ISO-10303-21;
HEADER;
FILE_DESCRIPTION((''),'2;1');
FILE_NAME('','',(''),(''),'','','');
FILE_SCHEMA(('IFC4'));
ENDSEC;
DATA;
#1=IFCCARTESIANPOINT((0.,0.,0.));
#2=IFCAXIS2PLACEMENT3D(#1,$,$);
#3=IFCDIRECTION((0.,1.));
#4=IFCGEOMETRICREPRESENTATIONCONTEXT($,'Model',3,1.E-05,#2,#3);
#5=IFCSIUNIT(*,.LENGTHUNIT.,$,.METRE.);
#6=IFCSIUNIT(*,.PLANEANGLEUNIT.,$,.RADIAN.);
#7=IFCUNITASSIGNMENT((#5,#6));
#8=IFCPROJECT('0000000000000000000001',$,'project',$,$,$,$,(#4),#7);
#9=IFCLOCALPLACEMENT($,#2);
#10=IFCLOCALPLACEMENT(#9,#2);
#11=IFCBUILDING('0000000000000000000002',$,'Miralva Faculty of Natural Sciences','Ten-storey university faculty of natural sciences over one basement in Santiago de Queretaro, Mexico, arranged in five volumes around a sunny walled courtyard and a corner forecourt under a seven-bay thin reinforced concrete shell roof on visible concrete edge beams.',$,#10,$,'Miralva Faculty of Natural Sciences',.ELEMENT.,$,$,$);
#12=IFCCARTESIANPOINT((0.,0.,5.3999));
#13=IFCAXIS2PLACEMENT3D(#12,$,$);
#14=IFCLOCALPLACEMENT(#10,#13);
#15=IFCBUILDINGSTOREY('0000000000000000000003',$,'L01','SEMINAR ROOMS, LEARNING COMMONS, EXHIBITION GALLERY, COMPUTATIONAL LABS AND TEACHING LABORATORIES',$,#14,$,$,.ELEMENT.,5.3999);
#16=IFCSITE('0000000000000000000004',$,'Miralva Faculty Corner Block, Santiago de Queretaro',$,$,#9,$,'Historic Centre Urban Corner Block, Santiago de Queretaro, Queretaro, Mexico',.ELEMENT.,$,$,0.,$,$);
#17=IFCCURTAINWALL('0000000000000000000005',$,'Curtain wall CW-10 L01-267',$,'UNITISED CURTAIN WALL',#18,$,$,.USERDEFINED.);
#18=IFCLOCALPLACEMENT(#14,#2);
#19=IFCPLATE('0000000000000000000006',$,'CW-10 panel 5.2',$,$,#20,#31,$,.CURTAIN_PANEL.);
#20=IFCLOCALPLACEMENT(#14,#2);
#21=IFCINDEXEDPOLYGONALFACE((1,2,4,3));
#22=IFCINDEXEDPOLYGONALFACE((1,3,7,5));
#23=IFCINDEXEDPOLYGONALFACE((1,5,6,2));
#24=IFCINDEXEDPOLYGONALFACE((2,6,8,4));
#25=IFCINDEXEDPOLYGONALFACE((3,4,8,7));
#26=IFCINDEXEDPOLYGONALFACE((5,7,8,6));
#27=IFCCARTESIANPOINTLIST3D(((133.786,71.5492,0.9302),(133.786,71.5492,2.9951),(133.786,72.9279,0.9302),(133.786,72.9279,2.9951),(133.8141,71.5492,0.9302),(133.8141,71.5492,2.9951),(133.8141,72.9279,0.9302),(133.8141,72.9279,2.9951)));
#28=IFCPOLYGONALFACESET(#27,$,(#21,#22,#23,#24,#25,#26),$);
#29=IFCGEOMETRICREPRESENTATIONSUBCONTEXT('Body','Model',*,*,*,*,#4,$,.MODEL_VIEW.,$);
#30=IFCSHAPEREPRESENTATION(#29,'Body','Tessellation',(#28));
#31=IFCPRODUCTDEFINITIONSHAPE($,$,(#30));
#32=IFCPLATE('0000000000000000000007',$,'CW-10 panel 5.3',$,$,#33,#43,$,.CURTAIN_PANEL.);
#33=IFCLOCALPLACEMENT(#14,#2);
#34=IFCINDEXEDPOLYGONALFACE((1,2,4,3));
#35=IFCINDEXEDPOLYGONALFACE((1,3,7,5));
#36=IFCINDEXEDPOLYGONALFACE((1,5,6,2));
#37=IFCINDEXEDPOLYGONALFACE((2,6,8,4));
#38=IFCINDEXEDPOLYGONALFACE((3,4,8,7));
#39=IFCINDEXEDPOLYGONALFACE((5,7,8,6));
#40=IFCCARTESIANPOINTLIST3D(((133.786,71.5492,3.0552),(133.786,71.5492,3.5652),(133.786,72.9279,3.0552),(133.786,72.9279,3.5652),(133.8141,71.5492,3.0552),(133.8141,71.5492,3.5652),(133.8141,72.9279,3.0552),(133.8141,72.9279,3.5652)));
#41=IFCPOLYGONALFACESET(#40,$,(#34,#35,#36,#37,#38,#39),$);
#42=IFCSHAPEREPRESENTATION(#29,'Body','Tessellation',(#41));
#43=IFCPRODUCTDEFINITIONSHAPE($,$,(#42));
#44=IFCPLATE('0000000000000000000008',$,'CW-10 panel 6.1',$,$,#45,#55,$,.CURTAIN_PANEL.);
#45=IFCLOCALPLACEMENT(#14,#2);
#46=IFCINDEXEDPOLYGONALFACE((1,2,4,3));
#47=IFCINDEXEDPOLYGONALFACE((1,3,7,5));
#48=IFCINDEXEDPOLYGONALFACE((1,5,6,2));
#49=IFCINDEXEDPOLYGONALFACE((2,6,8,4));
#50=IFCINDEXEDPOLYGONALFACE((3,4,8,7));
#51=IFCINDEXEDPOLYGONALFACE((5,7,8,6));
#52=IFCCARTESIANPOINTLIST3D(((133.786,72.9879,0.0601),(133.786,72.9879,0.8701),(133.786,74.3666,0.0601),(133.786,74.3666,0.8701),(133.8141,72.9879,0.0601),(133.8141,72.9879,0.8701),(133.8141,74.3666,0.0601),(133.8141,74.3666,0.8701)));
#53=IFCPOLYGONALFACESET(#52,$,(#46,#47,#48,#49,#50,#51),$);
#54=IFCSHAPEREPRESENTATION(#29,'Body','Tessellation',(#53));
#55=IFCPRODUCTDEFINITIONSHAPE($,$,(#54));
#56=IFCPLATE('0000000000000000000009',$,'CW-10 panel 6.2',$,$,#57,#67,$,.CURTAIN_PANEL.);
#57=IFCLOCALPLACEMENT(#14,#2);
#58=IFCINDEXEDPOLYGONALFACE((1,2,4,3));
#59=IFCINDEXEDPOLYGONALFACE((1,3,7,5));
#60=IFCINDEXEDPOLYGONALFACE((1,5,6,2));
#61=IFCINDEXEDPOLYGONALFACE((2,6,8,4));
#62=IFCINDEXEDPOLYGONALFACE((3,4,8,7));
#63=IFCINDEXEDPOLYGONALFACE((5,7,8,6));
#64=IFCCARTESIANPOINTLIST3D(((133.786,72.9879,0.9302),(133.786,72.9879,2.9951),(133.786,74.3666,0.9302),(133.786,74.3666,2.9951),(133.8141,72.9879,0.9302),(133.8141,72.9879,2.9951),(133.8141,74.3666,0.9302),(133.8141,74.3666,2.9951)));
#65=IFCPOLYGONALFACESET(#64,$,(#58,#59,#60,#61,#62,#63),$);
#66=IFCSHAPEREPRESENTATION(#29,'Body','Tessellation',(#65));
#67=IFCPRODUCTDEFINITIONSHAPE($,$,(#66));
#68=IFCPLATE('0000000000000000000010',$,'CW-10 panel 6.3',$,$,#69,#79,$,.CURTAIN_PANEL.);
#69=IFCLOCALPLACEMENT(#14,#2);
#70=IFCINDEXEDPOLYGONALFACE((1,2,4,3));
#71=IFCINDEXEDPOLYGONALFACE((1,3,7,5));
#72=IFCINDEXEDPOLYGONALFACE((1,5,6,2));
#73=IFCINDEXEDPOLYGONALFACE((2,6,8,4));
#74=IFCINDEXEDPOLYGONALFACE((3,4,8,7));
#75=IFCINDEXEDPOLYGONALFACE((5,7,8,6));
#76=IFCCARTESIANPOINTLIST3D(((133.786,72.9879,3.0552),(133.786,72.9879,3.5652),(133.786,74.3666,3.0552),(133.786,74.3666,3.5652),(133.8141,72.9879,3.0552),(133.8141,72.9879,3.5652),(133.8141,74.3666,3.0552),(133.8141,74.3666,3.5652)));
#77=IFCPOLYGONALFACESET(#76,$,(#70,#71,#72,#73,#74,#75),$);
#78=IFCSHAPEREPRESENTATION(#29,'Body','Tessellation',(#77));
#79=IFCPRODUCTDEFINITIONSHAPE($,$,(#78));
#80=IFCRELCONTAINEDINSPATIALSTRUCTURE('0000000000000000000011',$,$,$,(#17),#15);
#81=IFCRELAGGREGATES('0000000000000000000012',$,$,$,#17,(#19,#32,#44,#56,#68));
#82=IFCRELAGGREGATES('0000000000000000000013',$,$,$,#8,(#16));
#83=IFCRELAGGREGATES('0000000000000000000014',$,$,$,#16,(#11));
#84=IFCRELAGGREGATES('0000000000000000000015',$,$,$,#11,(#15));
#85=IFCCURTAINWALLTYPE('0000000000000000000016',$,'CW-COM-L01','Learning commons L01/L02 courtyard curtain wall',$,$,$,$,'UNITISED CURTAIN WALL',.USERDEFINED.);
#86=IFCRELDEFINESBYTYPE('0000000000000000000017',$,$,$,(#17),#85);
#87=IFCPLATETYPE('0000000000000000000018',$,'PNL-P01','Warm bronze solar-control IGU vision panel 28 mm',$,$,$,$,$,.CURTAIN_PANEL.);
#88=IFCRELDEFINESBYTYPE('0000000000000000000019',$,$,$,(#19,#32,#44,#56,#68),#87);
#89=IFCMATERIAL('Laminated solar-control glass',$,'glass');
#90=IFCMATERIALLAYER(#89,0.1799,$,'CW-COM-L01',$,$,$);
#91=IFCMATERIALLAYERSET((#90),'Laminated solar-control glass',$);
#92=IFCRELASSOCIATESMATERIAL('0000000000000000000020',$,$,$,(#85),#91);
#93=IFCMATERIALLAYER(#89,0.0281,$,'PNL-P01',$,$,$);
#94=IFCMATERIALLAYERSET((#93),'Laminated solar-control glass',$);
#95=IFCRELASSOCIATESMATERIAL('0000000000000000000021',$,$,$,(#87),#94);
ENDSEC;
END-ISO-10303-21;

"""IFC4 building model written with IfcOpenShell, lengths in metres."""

from ifc_helpers import new_model, si_unit, direction, frame, origin, origin_2d, place, context, subcontext, project, spatial, rectangle, extrude, material, layer, layer_set, type_object, element, aggregate, save


model = new_model("IFC4")

# Units and contexts
model_context = context("Model", 3, precision=1e-05, world=origin(), true_north=direction((0.0, 1.0)))
body_context = subcontext(model_context, "Body", "Model", "MODEL_VIEW")
ifc_project = project(units=[si_unit("LENGTHUNIT", "METRE"), si_unit("PLANEANGLEUNIT", "RADIAN")], contexts=[model_context])

# Site, building, storey
site_placement = place(None, origin())
site = spatial("IfcSite", under=ifc_project, at=site_placement, Name="Miralva Faculty Corner Block, Santiago de Queretaro", LongName="Historic Centre Urban Corner Block, Santiago de Queretaro, Queretaro, Mexico", CompositionType="ELEMENT", RefElevation=0.0)
building_placement = place(site_placement, origin())
building = spatial("IfcBuilding", under=site, at=building_placement, Name="Miralva Faculty of Natural Sciences", Description="Ten-storey university faculty of natural sciences over one basement in Santiago de Queretaro, Mexico, arranged in five volumes around a sunny walled courtyard and a corner forecourt under a seven-bay thin reinforced concrete shell roof on visible concrete edge beams.", LongName="Miralva Faculty of Natural Sciences", CompositionType="ELEMENT")
storey_placement = place(building_placement, frame((0.0, 0.0, 5.3999)))
storey = spatial("IfcBuildingStorey", under=building, at=storey_placement, Name="L01", Description="SEMINAR ROOMS, LEARNING COMMONS, EXHIBITION GALLERY, COMPUTATIONAL LABS AND TEACHING LABORATORIES", CompositionType="ELEMENT", Elevation=5.3999)

# Curtain wall, plates
ifc_material_1 = material(Name="Laminated solar-control glass", Category="glass")
ifc_layer_1 = layer(ifc_material_1, 0.1799, Name="CW-COM-L01")
ifc_layer_set_1 = layer_set([ifc_layer_1], Name="Laminated solar-control glass")
curtain_wall_type = type_object("IfcCurtainWallType", Name="CW-COM-L01", Description="Learning commons L01/L02 courtyard curtain wall", ElementType="UNITISED CURTAIN WALL", PredefinedType="USERDEFINED", material=ifc_layer_set_1)
curtain_wall_placement = place(storey_placement, origin())
curtain_wall = element("IfcCurtainWall", 1, at=curtain_wall_placement, inside=storey, type_object=curtain_wall_type, Name="Curtain wall CW-10 L01-267", ObjectType="UNITISED CURTAIN WALL", PredefinedType="USERDEFINED")
ifc_layer_2 = layer(ifc_material_1, 0.0281, Name="PNL-P01")
ifc_layer_set_2 = layer_set([ifc_layer_2], Name="Laminated solar-control glass")
plate_type = type_object("IfcPlateType", Name="PNL-P01", Description="Warm bronze solar-control IGU vision panel 28 mm", PredefinedType="CURTAIN_PANEL", material=ifc_layer_set_2)
plate_1_placement = place(storey_placement, frame((133.8, 72.2385, 0.9302), z_axis=(0.0, 0.0, 1.0), x_axis=(0.0, 1.0, 0.0)))
plate_1 = element("IfcPlate", 2, at=plate_1_placement, type_object=plate_type, Name="CW-10 panel 5.2", PredefinedType="CURTAIN_PANEL", context=body_context, shape_type="SweptSolid", body=[
    extrude(rectangle(XDim=1.3787, YDim=0.0281, at=origin_2d()), origin(), (0.0, 0.0, 1.0), 2.0649),
])
plate_2_placement = place(storey_placement, frame((133.8, 72.2385, 3.0552), z_axis=(0.0, 0.0, 1.0), x_axis=(0.0, 1.0, 0.0)))
plate_2 = element("IfcPlate", 3, at=plate_2_placement, type_object=plate_type, Name="CW-10 panel 5.3", PredefinedType="CURTAIN_PANEL", context=body_context, shape_type="SweptSolid", body=[
    extrude(rectangle(XDim=1.3787, YDim=0.0281, at=origin_2d()), origin(), (0.0, 0.0, 1.0), 0.51),
])
plate_3_placement = place(storey_placement, frame((133.8, 73.6772, 0.0601), z_axis=(0.0, 0.0, 1.0), x_axis=(0.0, 1.0, 0.0)))
plate_3 = element("IfcPlate", 4, at=plate_3_placement, type_object=plate_type, Name="CW-10 panel 6.1", PredefinedType="CURTAIN_PANEL", context=body_context, shape_type="SweptSolid", body=[
    extrude(rectangle(XDim=1.3787, YDim=0.0281, at=origin_2d()), origin(), (0.0, 0.0, 1.0), 0.8101),
])
plate_4_placement = place(storey_placement, frame((133.8, 73.6772, 0.9302), z_axis=(0.0, 0.0, 1.0), x_axis=(0.0, 1.0, 0.0)))
plate_4 = element("IfcPlate", 5, at=plate_4_placement, type_object=plate_type, Name="CW-10 panel 6.2", PredefinedType="CURTAIN_PANEL", context=body_context, shape_type="SweptSolid", body=[
    extrude(rectangle(XDim=1.3787, YDim=0.0281, at=origin_2d()), origin(), (0.0, 0.0, 1.0), 2.0649),
])
plate_5_placement = place(storey_placement, frame((133.8, 73.6772, 3.0552), z_axis=(0.0, 0.0, 1.0), x_axis=(0.0, 1.0, 0.0)))
plate_5 = element("IfcPlate", 6, at=plate_5_placement, type_object=plate_type, Name="CW-10 panel 6.3", PredefinedType="CURTAIN_PANEL", context=body_context, shape_type="SweptSolid", body=[
    extrude(rectangle(XDim=1.3787, YDim=0.0281, at=origin_2d()), origin(), (0.0, 0.0, 1.0), 0.51),
])
aggregate(curtain_wall, [plate_1, plate_2, plate_3, plate_4, plate_5])

save(model, "model.ifc")
